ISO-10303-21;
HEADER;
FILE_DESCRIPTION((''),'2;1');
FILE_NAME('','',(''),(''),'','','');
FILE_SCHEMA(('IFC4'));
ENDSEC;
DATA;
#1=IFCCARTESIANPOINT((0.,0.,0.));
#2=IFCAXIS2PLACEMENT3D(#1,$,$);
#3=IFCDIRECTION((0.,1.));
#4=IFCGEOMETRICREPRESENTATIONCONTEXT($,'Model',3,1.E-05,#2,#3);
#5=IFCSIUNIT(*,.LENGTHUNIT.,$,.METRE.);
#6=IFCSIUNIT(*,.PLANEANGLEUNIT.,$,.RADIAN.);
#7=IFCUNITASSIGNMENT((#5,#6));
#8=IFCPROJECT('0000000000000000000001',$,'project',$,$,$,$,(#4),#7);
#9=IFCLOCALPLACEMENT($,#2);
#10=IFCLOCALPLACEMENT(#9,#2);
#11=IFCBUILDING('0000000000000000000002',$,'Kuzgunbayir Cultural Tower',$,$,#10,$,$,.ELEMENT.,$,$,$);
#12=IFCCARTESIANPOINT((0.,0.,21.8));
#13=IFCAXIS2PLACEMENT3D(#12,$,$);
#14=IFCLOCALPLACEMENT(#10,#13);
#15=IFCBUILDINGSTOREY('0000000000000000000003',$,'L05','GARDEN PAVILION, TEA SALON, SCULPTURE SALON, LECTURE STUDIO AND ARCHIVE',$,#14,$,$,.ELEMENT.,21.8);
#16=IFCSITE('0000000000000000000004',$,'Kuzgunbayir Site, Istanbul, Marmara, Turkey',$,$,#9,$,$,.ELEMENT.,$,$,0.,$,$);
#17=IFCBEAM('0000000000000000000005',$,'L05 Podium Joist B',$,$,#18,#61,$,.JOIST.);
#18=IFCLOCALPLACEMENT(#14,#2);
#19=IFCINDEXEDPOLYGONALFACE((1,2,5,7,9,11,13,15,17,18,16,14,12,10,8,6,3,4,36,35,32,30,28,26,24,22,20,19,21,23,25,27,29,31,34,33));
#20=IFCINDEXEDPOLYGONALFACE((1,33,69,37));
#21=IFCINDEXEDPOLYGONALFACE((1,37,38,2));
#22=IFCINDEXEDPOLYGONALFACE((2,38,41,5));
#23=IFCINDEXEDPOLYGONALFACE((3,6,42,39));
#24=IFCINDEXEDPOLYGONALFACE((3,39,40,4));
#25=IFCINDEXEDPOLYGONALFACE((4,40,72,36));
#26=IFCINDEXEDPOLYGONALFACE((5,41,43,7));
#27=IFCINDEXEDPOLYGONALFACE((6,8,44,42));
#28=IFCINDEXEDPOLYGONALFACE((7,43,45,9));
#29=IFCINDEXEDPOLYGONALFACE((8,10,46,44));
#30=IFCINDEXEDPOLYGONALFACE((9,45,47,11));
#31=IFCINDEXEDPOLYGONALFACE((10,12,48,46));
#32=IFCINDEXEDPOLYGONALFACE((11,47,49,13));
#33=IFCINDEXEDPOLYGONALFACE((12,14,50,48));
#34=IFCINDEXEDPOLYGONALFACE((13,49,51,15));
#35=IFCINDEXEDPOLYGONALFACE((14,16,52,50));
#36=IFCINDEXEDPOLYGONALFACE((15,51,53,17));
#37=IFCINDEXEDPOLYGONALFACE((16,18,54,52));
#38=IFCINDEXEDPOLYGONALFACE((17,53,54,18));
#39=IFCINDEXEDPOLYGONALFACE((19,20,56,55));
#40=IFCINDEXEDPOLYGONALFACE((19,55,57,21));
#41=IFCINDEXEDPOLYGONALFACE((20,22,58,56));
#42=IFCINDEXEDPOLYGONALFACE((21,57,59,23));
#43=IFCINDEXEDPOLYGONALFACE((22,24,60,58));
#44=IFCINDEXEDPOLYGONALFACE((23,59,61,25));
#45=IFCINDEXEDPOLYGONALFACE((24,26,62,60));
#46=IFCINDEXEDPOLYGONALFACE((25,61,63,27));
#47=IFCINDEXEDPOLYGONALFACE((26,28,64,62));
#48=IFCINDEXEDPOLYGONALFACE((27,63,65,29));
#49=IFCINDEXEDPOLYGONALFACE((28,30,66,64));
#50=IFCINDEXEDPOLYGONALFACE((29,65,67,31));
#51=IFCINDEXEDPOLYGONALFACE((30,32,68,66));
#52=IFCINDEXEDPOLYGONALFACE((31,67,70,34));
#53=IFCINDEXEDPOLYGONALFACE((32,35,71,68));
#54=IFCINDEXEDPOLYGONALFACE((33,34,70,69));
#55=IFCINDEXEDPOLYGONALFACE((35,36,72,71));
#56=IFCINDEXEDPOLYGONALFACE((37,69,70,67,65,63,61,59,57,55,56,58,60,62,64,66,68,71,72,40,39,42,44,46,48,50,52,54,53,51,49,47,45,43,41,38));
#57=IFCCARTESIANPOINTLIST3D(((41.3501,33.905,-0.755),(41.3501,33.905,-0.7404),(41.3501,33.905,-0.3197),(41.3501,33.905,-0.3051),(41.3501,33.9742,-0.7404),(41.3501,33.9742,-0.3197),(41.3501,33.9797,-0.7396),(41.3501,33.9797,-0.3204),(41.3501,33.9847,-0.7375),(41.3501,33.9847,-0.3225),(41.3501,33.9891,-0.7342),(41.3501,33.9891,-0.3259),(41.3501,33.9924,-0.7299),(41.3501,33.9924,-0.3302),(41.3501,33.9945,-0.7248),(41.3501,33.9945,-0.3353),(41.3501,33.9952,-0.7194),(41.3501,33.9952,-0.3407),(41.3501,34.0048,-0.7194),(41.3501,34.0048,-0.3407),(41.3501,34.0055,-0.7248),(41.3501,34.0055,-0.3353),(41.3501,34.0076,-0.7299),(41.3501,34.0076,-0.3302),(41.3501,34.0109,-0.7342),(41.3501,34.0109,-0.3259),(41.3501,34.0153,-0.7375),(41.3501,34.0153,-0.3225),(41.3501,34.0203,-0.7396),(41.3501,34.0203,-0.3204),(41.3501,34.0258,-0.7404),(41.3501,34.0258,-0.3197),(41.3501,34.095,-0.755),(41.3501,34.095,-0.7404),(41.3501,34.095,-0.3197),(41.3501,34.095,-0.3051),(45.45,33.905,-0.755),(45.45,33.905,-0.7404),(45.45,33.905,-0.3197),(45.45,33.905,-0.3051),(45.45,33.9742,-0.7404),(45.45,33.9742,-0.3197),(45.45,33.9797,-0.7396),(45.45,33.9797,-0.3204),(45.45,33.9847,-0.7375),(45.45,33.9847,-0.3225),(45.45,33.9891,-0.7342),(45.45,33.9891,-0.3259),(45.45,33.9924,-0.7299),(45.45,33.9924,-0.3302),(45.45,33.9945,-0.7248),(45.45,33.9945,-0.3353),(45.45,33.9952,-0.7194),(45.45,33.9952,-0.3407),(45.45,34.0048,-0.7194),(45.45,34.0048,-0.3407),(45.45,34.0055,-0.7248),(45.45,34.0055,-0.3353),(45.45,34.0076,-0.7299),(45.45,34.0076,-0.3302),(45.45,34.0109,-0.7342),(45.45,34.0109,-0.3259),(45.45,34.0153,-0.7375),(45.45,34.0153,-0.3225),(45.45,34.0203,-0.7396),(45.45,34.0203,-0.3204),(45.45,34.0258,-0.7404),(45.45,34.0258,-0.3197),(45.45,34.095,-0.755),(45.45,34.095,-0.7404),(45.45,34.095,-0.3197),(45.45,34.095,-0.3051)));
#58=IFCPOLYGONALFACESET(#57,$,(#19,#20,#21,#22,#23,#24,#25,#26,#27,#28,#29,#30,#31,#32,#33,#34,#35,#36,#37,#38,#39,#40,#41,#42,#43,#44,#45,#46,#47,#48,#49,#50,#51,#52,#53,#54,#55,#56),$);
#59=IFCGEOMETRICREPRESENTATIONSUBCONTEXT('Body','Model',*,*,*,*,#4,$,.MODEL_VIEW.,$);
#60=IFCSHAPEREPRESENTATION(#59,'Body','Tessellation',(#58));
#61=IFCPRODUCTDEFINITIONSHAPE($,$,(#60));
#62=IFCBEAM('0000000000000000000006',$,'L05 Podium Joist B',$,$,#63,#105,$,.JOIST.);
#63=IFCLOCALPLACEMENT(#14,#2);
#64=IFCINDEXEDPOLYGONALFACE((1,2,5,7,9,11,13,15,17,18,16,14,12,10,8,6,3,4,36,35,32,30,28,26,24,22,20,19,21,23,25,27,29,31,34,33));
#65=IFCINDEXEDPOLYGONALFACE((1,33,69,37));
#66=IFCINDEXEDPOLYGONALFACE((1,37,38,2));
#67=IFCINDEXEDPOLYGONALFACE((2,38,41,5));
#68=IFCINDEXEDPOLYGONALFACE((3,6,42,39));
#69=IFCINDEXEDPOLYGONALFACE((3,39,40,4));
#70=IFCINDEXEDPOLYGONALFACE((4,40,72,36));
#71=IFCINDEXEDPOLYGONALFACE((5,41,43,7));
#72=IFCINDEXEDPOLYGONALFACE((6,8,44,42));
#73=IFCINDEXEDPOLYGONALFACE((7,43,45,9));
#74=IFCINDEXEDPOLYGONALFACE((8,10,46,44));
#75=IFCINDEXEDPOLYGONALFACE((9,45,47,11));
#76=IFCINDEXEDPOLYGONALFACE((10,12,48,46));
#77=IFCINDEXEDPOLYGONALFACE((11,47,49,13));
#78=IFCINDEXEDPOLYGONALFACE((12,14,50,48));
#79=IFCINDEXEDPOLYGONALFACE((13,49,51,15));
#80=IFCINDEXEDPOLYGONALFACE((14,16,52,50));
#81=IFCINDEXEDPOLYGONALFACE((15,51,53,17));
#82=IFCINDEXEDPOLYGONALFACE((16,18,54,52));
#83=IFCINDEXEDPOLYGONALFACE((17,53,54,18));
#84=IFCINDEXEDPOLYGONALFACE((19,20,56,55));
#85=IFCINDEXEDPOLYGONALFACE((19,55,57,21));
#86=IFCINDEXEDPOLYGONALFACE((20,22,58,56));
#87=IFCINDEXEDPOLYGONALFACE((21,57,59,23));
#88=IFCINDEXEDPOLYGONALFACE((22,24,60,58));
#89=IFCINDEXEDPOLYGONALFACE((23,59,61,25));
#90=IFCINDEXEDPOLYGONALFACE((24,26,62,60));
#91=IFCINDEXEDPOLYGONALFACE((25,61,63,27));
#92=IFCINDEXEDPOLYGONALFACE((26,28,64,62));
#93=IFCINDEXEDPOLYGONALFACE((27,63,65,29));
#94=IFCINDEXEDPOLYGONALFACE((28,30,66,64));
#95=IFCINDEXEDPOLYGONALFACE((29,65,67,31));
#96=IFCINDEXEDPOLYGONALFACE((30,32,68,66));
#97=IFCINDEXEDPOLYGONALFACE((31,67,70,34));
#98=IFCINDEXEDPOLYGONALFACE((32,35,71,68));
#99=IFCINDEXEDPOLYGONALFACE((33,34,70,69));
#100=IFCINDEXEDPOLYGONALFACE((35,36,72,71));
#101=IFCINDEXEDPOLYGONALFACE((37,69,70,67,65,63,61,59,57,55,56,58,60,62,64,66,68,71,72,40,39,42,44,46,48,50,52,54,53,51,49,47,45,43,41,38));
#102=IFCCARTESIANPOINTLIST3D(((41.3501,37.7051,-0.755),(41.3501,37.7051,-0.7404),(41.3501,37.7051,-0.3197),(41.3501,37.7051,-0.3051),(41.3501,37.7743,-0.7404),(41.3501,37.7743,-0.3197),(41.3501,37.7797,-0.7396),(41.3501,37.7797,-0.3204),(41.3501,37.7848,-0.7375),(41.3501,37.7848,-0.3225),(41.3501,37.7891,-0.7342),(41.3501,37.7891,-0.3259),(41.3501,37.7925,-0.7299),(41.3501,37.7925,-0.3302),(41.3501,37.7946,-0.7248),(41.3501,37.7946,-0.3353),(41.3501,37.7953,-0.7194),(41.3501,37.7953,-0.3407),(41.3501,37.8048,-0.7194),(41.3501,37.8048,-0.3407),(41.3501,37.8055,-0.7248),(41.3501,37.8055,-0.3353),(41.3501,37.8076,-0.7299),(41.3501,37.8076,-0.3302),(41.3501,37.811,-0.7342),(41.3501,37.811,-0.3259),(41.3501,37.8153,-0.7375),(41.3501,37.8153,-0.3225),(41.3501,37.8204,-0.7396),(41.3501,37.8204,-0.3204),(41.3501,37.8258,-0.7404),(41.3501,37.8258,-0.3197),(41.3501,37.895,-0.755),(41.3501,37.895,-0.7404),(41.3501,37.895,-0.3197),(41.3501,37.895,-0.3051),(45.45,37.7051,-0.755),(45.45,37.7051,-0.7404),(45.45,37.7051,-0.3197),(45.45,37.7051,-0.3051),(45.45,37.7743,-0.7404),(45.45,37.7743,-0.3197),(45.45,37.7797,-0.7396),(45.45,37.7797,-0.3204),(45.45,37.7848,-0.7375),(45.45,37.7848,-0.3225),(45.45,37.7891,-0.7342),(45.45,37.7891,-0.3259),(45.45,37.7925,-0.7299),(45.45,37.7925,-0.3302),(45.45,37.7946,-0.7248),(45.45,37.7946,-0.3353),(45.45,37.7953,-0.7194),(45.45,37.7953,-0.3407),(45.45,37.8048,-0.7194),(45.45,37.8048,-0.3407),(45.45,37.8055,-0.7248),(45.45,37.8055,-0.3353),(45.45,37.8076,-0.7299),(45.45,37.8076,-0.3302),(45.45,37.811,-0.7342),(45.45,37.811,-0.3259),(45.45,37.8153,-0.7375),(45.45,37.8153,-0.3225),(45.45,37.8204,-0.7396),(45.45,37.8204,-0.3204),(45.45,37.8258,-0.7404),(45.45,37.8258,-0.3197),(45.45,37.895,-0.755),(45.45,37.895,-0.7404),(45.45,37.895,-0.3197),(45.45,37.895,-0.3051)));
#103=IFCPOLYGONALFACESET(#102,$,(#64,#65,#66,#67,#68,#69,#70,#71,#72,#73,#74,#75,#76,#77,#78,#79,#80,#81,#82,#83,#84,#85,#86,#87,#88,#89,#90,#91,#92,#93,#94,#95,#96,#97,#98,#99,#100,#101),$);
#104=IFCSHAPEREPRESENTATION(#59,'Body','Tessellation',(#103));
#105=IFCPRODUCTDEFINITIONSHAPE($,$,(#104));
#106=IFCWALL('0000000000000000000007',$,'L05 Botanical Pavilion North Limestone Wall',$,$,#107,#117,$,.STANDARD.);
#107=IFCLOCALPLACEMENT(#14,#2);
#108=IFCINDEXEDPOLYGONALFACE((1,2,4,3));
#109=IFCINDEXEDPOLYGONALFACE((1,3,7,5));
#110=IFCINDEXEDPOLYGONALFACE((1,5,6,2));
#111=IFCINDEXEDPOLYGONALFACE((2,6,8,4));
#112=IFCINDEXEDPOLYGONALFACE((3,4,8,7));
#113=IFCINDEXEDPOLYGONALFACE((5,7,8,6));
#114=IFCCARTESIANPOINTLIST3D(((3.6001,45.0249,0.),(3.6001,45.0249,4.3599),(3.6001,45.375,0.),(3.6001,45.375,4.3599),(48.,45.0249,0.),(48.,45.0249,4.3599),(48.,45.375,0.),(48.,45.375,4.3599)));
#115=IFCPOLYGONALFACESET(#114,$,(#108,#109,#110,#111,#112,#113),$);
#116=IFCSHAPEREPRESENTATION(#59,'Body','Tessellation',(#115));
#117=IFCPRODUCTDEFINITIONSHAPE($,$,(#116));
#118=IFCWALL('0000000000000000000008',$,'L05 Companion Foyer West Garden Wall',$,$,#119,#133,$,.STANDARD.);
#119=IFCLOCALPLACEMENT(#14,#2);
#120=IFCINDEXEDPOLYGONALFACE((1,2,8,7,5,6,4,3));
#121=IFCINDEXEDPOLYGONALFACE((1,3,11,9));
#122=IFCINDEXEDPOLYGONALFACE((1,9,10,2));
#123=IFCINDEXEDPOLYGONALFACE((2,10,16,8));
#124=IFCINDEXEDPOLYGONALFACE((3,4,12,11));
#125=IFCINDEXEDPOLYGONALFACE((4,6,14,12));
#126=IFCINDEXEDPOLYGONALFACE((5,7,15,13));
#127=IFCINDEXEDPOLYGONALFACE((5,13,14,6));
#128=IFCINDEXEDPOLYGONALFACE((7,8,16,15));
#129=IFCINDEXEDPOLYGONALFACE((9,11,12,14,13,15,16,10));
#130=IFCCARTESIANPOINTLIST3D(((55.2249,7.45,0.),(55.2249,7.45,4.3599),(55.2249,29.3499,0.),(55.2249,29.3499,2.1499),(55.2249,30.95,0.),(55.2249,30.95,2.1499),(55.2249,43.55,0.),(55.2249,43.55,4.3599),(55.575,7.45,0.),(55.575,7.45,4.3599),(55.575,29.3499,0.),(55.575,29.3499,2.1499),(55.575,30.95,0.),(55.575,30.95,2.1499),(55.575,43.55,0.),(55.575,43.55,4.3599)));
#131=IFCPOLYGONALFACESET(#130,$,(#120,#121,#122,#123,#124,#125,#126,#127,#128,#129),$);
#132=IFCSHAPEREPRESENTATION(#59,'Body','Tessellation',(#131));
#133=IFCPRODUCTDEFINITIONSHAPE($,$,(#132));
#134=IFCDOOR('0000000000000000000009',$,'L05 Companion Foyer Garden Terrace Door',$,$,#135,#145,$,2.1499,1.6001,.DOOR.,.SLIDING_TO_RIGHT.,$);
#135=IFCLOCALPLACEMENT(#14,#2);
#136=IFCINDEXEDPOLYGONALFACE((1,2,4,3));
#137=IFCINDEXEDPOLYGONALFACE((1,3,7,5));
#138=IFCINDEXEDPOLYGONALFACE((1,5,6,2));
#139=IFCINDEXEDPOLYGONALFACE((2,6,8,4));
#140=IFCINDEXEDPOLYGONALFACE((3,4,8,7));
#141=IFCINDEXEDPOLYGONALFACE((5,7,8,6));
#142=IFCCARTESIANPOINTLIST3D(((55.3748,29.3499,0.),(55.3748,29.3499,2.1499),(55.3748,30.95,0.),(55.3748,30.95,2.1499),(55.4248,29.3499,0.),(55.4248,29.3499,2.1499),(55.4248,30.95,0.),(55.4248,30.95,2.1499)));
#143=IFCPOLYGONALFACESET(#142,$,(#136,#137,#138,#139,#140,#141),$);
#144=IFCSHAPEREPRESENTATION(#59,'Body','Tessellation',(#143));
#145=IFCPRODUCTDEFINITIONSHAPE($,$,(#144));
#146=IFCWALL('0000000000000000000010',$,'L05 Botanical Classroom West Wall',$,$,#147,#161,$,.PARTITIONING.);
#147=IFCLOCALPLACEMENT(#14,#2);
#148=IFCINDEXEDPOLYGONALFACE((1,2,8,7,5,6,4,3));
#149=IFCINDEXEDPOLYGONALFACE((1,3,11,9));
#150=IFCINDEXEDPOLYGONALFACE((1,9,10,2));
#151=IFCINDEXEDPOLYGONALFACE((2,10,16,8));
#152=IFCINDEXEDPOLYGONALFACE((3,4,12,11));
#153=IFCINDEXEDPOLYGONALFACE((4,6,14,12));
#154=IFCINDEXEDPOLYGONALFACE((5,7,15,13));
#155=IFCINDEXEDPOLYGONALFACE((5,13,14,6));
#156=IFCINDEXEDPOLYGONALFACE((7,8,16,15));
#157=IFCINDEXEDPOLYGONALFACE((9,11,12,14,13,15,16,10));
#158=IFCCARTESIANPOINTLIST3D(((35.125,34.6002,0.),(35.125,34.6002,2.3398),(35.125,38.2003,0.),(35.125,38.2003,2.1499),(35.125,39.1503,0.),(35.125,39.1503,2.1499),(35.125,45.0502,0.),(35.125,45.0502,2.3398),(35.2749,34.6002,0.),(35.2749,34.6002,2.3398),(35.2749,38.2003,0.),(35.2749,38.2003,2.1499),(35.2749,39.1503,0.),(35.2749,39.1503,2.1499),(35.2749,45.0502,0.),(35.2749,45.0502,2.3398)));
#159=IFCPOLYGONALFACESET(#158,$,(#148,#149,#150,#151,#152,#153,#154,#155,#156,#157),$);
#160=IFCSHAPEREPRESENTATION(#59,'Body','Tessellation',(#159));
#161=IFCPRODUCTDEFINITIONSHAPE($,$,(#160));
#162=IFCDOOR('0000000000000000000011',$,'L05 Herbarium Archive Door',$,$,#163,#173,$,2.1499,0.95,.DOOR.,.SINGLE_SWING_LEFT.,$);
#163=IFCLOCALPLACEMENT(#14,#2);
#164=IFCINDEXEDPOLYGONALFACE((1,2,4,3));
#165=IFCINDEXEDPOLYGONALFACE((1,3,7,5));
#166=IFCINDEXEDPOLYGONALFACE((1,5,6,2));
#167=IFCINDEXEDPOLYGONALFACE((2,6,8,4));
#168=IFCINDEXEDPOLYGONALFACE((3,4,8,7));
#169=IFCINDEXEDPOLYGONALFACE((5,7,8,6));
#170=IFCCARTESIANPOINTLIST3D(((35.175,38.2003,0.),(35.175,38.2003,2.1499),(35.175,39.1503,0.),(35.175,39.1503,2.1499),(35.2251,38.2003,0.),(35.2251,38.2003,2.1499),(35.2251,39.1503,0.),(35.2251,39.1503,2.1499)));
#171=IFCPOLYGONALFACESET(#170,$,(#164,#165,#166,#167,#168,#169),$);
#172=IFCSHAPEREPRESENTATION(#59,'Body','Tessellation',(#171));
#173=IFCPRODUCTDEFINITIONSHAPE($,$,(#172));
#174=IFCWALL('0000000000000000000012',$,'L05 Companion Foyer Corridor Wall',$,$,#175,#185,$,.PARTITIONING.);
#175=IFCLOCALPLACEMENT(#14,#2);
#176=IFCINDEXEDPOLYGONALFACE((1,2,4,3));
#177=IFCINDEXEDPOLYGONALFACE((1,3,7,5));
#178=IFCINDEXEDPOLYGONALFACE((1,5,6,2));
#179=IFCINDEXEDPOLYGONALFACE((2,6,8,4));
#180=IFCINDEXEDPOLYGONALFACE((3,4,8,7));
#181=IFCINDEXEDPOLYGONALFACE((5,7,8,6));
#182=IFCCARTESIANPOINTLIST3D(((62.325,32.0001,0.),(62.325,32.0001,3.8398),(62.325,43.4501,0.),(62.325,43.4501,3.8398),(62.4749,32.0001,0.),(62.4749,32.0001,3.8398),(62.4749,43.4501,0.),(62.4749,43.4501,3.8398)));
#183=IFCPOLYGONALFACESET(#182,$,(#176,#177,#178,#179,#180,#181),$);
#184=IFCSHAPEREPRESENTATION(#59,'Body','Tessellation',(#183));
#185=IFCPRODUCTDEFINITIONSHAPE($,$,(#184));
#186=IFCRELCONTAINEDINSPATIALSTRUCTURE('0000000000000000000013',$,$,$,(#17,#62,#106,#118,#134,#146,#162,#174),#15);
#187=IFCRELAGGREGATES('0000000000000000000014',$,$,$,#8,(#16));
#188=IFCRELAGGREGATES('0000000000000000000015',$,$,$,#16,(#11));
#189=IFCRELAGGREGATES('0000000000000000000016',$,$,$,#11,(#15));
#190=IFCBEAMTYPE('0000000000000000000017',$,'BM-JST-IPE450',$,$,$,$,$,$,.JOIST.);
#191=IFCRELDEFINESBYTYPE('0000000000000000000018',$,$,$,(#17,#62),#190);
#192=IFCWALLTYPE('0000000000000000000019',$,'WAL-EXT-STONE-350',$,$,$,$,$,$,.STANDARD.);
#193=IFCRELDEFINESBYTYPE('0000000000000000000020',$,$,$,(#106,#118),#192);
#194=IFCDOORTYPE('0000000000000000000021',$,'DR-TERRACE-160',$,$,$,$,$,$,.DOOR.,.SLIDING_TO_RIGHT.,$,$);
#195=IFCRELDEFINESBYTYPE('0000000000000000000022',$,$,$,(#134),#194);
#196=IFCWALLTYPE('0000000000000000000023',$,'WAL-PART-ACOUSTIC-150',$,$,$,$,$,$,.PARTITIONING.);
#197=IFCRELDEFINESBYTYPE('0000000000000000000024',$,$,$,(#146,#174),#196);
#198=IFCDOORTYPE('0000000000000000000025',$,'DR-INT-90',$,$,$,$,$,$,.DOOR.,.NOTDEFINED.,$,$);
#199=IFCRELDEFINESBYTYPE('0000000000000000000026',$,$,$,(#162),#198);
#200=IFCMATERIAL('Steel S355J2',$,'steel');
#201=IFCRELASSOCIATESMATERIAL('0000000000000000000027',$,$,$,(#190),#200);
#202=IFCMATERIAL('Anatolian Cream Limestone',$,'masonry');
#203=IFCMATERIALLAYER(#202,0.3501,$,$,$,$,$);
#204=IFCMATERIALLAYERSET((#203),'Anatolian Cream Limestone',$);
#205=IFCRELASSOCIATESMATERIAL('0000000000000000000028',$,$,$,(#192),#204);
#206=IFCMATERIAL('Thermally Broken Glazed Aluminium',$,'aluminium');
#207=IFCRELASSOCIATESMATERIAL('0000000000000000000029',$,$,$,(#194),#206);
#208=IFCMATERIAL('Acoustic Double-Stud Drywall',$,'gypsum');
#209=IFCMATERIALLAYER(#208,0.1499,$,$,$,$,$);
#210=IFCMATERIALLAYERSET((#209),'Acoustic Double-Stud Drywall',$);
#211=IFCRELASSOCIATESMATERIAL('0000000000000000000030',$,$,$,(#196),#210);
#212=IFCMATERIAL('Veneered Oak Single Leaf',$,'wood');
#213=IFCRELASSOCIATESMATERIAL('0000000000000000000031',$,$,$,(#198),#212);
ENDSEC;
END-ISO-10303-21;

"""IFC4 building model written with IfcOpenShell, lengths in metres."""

from ifc_helpers import new_model, si_unit, direction, frame, frame_2d, origin, origin_2d, place, context, subcontext, project, spatial, rectangle, i_section, extrude, material, layer, layer_set, material_profile, profile_set, type_object, element, fill, save


model = new_model("IFC4")

# Units and contexts
model_context = context("Model", 3, precision=1e-05, world=origin(), true_north=direction((0.0, 1.0)))
body_context = subcontext(model_context, "Body", "Model", "MODEL_VIEW")
ifc_project = project(units=[si_unit("LENGTHUNIT", "METRE"), si_unit("PLANEANGLEUNIT", "RADIAN")], contexts=[model_context])

# Site, building, storey
site_placement = place(None, origin())
site = spatial("IfcSite", under=ifc_project, at=site_placement, Name="Kuzgunbayir Site, Istanbul, Marmara, Turkey", CompositionType="ELEMENT", RefElevation=0.0)
building_placement = place(site_placement, origin())
building = spatial("IfcBuilding", under=site, at=building_placement, Name="Kuzgunbayir Cultural Tower", CompositionType="ELEMENT")
storey_placement = place(building_placement, frame((0.0, 0.0, 21.8)))
storey = spatial("IfcBuildingStorey", under=building, at=storey_placement, Name="L05", Description="GARDEN PAVILION, TEA SALON, SCULPTURE SALON, LECTURE STUDIO AND ARCHIVE", CompositionType="ELEMENT", Elevation=21.8)

# Beams
ifc_material_1 = material(Name="Steel S355J2", Category="steel")
ifc_material_profile_1 = material_profile(ifc_material_1, i_section(OverallWidth=0.1899, OverallDepth=0.45, WebThickness=0.0095, FlangeThickness=0.0146, FilletRadius=0.021, at=origin_2d()), Name="IPE 450")
ifc_profile_set_1 = profile_set([ifc_material_profile_1], Name="Steel S355J2")
beam_type_1 = type_object("IfcBeamType", Name="BM-JST-IPE450", PredefinedType="JOIST", material=ifc_profile_set_1)
for number, where, z_axis, x_axis, name in (
    (1, (41.3501, 34.0, -0.53), (1.0, 0.0, 0.0), (0.0, 1.0, 0.0), "L05 Podium Joist B"),
    (2, (41.3501, 37.8, -0.53), (1.0, 0.0, 0.0), (0.0, 1.0, 0.0), "L05 Podium Joist B"),
):
    element("IfcBeam", number, at=place(storey_placement, frame(where, z_axis=z_axis, x_axis=x_axis)), inside=storey, type_object=beam_type_1, Name=name, PredefinedType="JOIST", context=body_context, shape_type="SweptSolid", body=[
        extrude(i_section(OverallWidth=0.1899, OverallDepth=0.45, WebThickness=0.0095, FlangeThickness=0.0146, FilletRadius=0.021, at=origin_2d()), origin(), (0.0, 0.0, 1.0), 4.0999),
    ])

# Wall
ifc_material_2 = material(Name="Anatolian Cream Limestone", Category="masonry")
ifc_layer_1 = layer(ifc_material_2, 0.3501)
ifc_layer_set_1 = layer_set([ifc_layer_1], Name="Anatolian Cream Limestone")
wall_type_1 = type_object("IfcWallType", Name="WAL-EXT-STONE-350", PredefinedType="STANDARD", material=ifc_layer_set_1)
wall_1_placement = place(storey_placement, frame((48.0, 45.2, 0.0), z_axis=(0.0, 0.0, 1.0), x_axis=(-1.0, 0.0, 0.0)))
element("IfcWall", 3, at=wall_1_placement, inside=storey, type_object=wall_type_1, Name="L05 Botanical Pavilion North Limestone Wall", PredefinedType="STANDARD", context=body_context, shape_type="SweptSolid", body=[
    extrude(rectangle(XDim=44.3999, YDim=0.3501, at=frame_2d((22.2, 0.0))), origin(), (0.0, 0.0, 1.0), 4.3599),
])

# Walls, openings, doors
wall_2_placement = place(storey_placement, frame((55.3999, 43.55, 0.0), z_axis=(0.0, 0.0, 1.0), x_axis=(0.0, -1.0, 0.0)))
wall_2 = element("IfcWall", 4, at=wall_2_placement, inside=storey, type_object=wall_type_1, Name="L05 Companion Foyer West Garden Wall", PredefinedType="STANDARD", context=body_context, shape_type="SweptSolid", body=[
    extrude(rectangle(XDim=36.1001, YDim=0.3501, at=frame_2d((18.05, 0.0))), origin(), (0.0, 0.0, 1.0), 4.3599),
])
opening_1_placement = place(wall_2_placement, frame((12.6001, 0.0, 0.0)))
opening_1 = element("IfcOpeningElement", 5, at=opening_1_placement, cuts=wall_2, PredefinedType="OPENING", context=body_context, shape_type="SweptSolid", body=[
    extrude(rectangle(XDim=1.6001, YDim=2.1499, at=frame_2d((0.8, 1.075))), frame((0.0, 0.1851, 0.0), z_axis=(0.0, -1.0, 0.0), x_axis=(1.0, 0.0, 0.0)), (0.0, 0.0, 1.0), 0.3701),
])
ifc_material_3 = material(Name="Thermally Broken Glazed Aluminium", Category="aluminium")
door_type_1 = type_object("IfcDoorType", Name="DR-TERRACE-160", OperationType="SLIDING_TO_RIGHT", PredefinedType="DOOR", material=ifc_material_3)
door_1_placement = place(opening_1_placement, origin())
door_1 = element("IfcDoor", 6, at=door_1_placement, inside=storey, type_object=door_type_1, Name="L05 Companion Foyer Garden Terrace Door", OperationType="SLIDING_TO_RIGHT", OverallHeight=2.1499, OverallWidth=1.6001, PredefinedType="DOOR", context=body_context, shape_type="SweptSolid", body=[
    extrude(rectangle(XDim=1.6001, YDim=2.1499, at=frame_2d((0.8, 1.075))), frame((0.0, 0.0249, 0.0), z_axis=(0.0, -1.0, 0.0), x_axis=(1.0, 0.0, 0.0)), (0.0, 0.0, 1.0), 0.05),
])
fill(opening_1, door_1)
ifc_material_4 = material(Name="Acoustic Double-Stud Drywall", Category="gypsum")
ifc_layer_2 = layer(ifc_material_4, 0.1499)
ifc_layer_set_2 = layer_set([ifc_layer_2], Name="Acoustic Double-Stud Drywall")
wall_type_2 = type_object("IfcWallType", Name="WAL-PART-ACOUSTIC-150", PredefinedType="PARTITIONING", material=ifc_layer_set_2)
wall_3_placement = place(storey_placement, frame((35.2, 34.6001, 0.0), z_axis=(0.0, 0.0, 1.0), x_axis=(0.0, 1.0, 0.0)))
wall_3 = element("IfcWall", 7, at=wall_3_placement, inside=storey, type_object=wall_type_2, Name="L05 Botanical Classroom West Wall", PredefinedType="PARTITIONING", context=body_context, shape_type="SweptSolid", body=[
    extrude(rectangle(XDim=10.45, YDim=0.1499, at=frame_2d((5.2251, 0.0))), origin(), (0.0, 0.0, 1.0), 2.3398),
])
opening_2_placement = place(wall_3_placement, frame((3.6001, 0.0, 0.0)))
opening_2 = element("IfcOpeningElement", 8, at=opening_2_placement, cuts=wall_3, PredefinedType="OPENING", context=body_context, shape_type="SweptSolid", body=[
    extrude(rectangle(XDim=0.95, YDim=2.1499, at=frame_2d((0.4751, 1.075))), frame((0.0, 0.085, 0.0), z_axis=(0.0, -1.0, 0.0), x_axis=(1.0, 0.0, 0.0)), (0.0, 0.0, 1.0), 0.1699),
])
ifc_material_5 = material(Name="Veneered Oak Single Leaf", Category="wood")
door_type_2 = type_object("IfcDoorType", Name="DR-INT-90", OperationType="NOTDEFINED", PredefinedType="DOOR", material=ifc_material_5)
door_2_placement = place(opening_2_placement, origin())
door_2 = element("IfcDoor", 9, at=door_2_placement, inside=storey, type_object=door_type_2, Name="L05 Herbarium Archive Door", OperationType="SINGLE_SWING_LEFT", OverallHeight=2.1499, OverallWidth=0.95, PredefinedType="DOOR", context=body_context, shape_type="SweptSolid", body=[
    extrude(rectangle(XDim=0.95, YDim=2.1499, at=frame_2d((0.4751, 1.075))), frame((0.0, 0.0249, 0.0), z_axis=(0.0, -1.0, 0.0), x_axis=(1.0, 0.0, 0.0)), (0.0, 0.0, 1.0), 0.05),
])
fill(opening_2, door_2)

# Wall
wall_4_placement = place(storey_placement, frame((62.3999, 32.0, 0.0), z_axis=(0.0, 0.0, 1.0), x_axis=(0.0, 1.0, 0.0)))
element("IfcWall", 10, at=wall_4_placement, inside=storey, type_object=wall_type_2, Name="L05 Companion Foyer Corridor Wall", PredefinedType="PARTITIONING", context=body_context, shape_type="SweptSolid", body=[
    extrude(rectangle(XDim=11.45, YDim=0.1499, at=frame_2d((5.7251, 0.0))), origin(), (0.0, 0.0, 1.0), 3.8398),
])

save(model, "model.ifc")
